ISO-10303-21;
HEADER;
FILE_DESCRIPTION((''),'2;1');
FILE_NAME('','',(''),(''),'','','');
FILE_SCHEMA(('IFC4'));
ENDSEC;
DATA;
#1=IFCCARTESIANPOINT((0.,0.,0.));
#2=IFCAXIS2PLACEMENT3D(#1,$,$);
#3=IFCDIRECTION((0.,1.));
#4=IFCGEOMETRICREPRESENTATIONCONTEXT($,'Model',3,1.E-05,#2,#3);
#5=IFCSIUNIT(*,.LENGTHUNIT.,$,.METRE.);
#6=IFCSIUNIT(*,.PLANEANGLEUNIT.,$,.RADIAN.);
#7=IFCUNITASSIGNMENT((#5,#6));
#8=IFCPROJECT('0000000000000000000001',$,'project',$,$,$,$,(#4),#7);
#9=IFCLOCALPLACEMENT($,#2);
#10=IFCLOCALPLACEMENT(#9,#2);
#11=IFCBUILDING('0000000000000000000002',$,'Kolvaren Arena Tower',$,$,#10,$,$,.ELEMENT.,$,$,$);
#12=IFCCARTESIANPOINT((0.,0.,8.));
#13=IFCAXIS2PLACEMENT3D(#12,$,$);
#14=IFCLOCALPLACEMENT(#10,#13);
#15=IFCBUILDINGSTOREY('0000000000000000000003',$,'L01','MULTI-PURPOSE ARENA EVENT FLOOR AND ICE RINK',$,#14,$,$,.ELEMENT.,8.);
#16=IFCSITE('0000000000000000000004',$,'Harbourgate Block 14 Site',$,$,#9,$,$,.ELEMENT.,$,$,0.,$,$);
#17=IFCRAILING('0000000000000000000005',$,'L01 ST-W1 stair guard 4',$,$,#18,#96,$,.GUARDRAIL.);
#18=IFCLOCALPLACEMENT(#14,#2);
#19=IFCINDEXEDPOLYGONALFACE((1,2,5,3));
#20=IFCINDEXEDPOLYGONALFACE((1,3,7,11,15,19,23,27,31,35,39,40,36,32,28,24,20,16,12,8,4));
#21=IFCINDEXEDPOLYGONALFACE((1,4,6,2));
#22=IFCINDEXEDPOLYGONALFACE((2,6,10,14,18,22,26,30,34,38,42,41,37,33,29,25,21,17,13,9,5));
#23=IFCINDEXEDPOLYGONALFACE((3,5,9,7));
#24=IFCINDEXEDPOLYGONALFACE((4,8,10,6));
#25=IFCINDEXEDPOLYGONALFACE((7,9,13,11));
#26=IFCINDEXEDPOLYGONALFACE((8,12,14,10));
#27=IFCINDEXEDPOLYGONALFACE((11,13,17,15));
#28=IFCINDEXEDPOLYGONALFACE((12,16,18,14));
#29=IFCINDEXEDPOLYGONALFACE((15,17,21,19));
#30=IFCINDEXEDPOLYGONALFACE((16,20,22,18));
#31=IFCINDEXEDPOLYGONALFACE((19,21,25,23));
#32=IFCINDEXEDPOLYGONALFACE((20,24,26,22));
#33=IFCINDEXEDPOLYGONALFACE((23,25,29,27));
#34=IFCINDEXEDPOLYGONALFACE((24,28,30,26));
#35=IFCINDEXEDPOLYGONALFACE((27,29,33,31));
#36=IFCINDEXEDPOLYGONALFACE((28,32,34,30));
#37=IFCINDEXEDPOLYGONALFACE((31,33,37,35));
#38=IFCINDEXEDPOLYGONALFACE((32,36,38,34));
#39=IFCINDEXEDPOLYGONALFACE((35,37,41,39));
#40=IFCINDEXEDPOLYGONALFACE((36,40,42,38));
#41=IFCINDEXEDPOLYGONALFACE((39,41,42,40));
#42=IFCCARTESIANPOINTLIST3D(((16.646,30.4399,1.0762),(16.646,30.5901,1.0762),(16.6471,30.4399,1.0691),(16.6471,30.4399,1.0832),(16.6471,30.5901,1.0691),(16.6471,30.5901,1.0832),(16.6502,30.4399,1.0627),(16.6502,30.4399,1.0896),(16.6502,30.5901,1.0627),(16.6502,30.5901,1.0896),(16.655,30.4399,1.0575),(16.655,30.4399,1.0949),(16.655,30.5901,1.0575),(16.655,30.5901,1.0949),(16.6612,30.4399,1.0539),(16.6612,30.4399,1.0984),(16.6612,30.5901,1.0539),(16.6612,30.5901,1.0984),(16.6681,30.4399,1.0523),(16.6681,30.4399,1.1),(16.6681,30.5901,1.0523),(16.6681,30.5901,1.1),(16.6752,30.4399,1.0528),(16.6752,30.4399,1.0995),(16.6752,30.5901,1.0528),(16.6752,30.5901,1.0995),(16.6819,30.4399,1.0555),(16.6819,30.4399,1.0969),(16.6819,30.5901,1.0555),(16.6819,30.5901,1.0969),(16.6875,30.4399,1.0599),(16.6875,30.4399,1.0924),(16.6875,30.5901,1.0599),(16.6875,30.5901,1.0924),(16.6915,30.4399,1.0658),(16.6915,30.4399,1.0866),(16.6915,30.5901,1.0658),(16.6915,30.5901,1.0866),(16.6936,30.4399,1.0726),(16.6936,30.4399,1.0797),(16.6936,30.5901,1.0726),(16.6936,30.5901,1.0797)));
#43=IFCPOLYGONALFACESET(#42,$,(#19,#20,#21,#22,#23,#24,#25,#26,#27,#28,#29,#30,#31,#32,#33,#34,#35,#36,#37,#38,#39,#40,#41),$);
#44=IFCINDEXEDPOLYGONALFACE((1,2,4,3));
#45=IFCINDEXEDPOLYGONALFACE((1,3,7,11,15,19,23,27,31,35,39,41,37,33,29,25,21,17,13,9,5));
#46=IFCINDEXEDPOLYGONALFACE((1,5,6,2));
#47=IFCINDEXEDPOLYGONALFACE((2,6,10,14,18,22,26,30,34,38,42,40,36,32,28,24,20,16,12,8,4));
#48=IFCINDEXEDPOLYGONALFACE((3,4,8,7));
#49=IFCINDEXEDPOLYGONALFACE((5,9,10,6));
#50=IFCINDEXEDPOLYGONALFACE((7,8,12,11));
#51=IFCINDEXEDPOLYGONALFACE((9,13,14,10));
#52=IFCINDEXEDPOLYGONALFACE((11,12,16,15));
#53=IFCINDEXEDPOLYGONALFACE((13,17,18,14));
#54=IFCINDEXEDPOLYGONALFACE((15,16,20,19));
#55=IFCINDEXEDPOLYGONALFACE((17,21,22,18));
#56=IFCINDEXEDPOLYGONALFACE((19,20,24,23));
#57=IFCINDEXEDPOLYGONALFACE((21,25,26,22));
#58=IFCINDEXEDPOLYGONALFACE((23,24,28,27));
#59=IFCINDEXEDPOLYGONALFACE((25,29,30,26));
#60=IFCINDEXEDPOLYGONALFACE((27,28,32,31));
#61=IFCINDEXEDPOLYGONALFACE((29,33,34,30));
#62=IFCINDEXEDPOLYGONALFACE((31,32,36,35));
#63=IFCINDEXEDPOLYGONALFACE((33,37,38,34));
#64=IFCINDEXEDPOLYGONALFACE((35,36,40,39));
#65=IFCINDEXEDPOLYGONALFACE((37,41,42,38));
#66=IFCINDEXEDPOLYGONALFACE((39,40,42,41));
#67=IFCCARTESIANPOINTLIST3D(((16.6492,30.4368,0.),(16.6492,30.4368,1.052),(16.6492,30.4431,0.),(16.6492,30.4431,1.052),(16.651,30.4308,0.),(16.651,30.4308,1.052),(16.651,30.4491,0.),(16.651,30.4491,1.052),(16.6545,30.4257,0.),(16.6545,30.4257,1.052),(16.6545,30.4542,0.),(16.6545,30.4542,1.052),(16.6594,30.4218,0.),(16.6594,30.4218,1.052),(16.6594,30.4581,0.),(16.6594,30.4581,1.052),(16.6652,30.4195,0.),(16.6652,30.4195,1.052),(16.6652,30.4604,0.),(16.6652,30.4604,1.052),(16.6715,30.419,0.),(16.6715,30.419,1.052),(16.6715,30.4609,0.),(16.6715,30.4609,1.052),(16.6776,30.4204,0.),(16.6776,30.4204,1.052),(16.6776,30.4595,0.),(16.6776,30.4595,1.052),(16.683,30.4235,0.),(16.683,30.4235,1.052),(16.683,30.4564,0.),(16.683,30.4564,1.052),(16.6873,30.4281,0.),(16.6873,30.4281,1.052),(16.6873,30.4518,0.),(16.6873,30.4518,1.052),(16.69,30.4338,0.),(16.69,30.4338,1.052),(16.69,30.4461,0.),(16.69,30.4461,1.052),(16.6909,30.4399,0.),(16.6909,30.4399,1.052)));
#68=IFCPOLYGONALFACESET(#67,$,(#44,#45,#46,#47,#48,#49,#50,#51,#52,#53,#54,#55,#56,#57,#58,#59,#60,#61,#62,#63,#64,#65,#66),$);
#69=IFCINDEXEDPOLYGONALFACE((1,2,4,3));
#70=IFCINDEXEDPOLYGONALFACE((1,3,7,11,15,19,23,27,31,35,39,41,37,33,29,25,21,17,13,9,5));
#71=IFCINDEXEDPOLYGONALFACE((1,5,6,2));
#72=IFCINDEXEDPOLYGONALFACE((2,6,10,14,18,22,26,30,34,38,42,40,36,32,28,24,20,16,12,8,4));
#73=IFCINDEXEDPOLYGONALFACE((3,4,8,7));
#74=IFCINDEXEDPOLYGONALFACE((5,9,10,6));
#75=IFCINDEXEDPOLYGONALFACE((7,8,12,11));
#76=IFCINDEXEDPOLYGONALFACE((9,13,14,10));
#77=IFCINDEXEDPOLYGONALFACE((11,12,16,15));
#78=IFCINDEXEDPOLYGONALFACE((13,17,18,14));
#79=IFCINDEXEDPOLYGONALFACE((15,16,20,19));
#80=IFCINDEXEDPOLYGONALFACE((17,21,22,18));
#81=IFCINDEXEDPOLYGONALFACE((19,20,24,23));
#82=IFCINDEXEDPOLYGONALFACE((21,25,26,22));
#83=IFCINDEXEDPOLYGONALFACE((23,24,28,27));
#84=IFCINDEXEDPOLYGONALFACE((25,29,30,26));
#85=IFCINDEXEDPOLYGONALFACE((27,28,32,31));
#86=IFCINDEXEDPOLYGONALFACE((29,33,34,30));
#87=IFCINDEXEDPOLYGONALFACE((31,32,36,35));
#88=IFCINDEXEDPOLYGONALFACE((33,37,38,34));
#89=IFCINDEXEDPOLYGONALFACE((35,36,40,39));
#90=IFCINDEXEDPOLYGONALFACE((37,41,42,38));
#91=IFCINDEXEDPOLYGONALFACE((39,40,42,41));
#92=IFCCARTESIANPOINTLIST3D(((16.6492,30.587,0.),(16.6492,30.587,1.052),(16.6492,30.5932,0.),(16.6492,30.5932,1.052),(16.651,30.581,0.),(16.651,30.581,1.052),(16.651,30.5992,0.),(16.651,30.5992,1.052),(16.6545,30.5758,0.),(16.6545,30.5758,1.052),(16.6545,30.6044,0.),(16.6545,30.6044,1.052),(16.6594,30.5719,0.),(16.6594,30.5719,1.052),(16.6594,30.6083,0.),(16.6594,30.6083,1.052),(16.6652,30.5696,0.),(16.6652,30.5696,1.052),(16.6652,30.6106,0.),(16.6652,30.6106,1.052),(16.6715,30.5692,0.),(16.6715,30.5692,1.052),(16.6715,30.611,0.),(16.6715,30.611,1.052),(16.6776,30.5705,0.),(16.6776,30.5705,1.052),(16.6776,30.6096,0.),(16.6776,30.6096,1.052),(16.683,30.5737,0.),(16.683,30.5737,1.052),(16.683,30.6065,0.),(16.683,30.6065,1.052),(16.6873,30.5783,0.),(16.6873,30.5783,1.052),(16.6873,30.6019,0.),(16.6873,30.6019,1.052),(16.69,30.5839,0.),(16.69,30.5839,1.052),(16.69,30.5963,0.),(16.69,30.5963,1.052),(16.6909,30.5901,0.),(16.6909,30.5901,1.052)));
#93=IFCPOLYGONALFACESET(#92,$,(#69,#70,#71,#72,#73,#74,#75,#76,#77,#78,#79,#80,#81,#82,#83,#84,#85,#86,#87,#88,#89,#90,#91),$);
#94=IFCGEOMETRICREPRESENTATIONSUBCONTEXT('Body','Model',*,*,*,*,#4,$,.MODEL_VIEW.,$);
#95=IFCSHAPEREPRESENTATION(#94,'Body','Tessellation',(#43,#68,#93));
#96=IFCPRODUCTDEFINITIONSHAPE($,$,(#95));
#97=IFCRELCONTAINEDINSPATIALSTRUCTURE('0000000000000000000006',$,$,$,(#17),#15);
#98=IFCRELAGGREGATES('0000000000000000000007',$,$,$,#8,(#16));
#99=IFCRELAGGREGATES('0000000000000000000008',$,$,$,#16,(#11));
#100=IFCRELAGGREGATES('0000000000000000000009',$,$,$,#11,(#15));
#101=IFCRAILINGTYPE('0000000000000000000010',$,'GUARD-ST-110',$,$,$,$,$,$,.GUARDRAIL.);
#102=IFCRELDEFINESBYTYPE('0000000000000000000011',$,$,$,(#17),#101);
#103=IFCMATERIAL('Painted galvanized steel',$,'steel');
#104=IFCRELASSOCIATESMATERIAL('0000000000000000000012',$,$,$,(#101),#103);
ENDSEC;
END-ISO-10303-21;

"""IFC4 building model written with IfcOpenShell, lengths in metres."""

from ifc_helpers import new_model, si_unit, direction, frame, origin, origin_2d, place, context, subcontext, project, spatial, circle, extrude, material, type_object, element, save


model = new_model("IFC4")

# Units and contexts
model_context = context("Model", 3, precision=1e-05, world=origin(), true_north=direction((0.0, 1.0)))
body_context = subcontext(model_context, "Body", "Model", "MODEL_VIEW")
ifc_project = project(units=[si_unit("LENGTHUNIT", "METRE"), si_unit("PLANEANGLEUNIT", "RADIAN")], contexts=[model_context])

# Site, building, storey
site_placement = place(None, origin())
site = spatial("IfcSite", under=ifc_project, at=site_placement, Name="Harbourgate Block 14 Site", CompositionType="ELEMENT", RefElevation=0.0)
building_placement = place(site_placement, origin())
building = spatial("IfcBuilding", under=site, at=building_placement, Name="Kolvaren Arena Tower", CompositionType="ELEMENT")
storey_placement = place(building_placement, frame((0.0, 0.0, 8.0)))
storey = spatial("IfcBuildingStorey", under=building, at=storey_placement, Name="L01", Description="MULTI-PURPOSE ARENA EVENT FLOOR AND ICE RINK", CompositionType="ELEMENT", Elevation=8.0)

# Railing
ifc_material_1 = material(Name="Painted galvanized steel", Category="steel")
railing_type_1 = type_object("IfcRailingType", Name="GUARD-ST-110", PredefinedType="GUARDRAIL", material=ifc_material_1)
railing_1_placement = place(storey_placement, frame((16.6699, 30.4399, 0.0)))
element("IfcRailing", 1, at=railing_1_placement, inside=storey, type_object=railing_type_1, Name="L01 ST-W1 stair guard 4", PredefinedType="GUARDRAIL", context=body_context, shape_type="SweptSolid", body=[
    extrude(circle(Radius=0.0239, at=origin_2d()), frame((0.0, 0.0, 1.0762), z_axis=(0.0, 1.0, 0.0), x_axis=(-1.0, 0.0, 0.0)), (0.0, 0.0, 1.0), 0.1501),
    extrude(circle(Radius=0.021, at=origin_2d()), origin(), (0.0, 0.0, 1.0), 1.052),
    extrude(circle(Radius=0.021, at=origin_2d()), frame((0.0, 0.1501, 0.0)), (0.0, 0.0, 1.0), 1.052),
])

save(model, "model.ifc")
